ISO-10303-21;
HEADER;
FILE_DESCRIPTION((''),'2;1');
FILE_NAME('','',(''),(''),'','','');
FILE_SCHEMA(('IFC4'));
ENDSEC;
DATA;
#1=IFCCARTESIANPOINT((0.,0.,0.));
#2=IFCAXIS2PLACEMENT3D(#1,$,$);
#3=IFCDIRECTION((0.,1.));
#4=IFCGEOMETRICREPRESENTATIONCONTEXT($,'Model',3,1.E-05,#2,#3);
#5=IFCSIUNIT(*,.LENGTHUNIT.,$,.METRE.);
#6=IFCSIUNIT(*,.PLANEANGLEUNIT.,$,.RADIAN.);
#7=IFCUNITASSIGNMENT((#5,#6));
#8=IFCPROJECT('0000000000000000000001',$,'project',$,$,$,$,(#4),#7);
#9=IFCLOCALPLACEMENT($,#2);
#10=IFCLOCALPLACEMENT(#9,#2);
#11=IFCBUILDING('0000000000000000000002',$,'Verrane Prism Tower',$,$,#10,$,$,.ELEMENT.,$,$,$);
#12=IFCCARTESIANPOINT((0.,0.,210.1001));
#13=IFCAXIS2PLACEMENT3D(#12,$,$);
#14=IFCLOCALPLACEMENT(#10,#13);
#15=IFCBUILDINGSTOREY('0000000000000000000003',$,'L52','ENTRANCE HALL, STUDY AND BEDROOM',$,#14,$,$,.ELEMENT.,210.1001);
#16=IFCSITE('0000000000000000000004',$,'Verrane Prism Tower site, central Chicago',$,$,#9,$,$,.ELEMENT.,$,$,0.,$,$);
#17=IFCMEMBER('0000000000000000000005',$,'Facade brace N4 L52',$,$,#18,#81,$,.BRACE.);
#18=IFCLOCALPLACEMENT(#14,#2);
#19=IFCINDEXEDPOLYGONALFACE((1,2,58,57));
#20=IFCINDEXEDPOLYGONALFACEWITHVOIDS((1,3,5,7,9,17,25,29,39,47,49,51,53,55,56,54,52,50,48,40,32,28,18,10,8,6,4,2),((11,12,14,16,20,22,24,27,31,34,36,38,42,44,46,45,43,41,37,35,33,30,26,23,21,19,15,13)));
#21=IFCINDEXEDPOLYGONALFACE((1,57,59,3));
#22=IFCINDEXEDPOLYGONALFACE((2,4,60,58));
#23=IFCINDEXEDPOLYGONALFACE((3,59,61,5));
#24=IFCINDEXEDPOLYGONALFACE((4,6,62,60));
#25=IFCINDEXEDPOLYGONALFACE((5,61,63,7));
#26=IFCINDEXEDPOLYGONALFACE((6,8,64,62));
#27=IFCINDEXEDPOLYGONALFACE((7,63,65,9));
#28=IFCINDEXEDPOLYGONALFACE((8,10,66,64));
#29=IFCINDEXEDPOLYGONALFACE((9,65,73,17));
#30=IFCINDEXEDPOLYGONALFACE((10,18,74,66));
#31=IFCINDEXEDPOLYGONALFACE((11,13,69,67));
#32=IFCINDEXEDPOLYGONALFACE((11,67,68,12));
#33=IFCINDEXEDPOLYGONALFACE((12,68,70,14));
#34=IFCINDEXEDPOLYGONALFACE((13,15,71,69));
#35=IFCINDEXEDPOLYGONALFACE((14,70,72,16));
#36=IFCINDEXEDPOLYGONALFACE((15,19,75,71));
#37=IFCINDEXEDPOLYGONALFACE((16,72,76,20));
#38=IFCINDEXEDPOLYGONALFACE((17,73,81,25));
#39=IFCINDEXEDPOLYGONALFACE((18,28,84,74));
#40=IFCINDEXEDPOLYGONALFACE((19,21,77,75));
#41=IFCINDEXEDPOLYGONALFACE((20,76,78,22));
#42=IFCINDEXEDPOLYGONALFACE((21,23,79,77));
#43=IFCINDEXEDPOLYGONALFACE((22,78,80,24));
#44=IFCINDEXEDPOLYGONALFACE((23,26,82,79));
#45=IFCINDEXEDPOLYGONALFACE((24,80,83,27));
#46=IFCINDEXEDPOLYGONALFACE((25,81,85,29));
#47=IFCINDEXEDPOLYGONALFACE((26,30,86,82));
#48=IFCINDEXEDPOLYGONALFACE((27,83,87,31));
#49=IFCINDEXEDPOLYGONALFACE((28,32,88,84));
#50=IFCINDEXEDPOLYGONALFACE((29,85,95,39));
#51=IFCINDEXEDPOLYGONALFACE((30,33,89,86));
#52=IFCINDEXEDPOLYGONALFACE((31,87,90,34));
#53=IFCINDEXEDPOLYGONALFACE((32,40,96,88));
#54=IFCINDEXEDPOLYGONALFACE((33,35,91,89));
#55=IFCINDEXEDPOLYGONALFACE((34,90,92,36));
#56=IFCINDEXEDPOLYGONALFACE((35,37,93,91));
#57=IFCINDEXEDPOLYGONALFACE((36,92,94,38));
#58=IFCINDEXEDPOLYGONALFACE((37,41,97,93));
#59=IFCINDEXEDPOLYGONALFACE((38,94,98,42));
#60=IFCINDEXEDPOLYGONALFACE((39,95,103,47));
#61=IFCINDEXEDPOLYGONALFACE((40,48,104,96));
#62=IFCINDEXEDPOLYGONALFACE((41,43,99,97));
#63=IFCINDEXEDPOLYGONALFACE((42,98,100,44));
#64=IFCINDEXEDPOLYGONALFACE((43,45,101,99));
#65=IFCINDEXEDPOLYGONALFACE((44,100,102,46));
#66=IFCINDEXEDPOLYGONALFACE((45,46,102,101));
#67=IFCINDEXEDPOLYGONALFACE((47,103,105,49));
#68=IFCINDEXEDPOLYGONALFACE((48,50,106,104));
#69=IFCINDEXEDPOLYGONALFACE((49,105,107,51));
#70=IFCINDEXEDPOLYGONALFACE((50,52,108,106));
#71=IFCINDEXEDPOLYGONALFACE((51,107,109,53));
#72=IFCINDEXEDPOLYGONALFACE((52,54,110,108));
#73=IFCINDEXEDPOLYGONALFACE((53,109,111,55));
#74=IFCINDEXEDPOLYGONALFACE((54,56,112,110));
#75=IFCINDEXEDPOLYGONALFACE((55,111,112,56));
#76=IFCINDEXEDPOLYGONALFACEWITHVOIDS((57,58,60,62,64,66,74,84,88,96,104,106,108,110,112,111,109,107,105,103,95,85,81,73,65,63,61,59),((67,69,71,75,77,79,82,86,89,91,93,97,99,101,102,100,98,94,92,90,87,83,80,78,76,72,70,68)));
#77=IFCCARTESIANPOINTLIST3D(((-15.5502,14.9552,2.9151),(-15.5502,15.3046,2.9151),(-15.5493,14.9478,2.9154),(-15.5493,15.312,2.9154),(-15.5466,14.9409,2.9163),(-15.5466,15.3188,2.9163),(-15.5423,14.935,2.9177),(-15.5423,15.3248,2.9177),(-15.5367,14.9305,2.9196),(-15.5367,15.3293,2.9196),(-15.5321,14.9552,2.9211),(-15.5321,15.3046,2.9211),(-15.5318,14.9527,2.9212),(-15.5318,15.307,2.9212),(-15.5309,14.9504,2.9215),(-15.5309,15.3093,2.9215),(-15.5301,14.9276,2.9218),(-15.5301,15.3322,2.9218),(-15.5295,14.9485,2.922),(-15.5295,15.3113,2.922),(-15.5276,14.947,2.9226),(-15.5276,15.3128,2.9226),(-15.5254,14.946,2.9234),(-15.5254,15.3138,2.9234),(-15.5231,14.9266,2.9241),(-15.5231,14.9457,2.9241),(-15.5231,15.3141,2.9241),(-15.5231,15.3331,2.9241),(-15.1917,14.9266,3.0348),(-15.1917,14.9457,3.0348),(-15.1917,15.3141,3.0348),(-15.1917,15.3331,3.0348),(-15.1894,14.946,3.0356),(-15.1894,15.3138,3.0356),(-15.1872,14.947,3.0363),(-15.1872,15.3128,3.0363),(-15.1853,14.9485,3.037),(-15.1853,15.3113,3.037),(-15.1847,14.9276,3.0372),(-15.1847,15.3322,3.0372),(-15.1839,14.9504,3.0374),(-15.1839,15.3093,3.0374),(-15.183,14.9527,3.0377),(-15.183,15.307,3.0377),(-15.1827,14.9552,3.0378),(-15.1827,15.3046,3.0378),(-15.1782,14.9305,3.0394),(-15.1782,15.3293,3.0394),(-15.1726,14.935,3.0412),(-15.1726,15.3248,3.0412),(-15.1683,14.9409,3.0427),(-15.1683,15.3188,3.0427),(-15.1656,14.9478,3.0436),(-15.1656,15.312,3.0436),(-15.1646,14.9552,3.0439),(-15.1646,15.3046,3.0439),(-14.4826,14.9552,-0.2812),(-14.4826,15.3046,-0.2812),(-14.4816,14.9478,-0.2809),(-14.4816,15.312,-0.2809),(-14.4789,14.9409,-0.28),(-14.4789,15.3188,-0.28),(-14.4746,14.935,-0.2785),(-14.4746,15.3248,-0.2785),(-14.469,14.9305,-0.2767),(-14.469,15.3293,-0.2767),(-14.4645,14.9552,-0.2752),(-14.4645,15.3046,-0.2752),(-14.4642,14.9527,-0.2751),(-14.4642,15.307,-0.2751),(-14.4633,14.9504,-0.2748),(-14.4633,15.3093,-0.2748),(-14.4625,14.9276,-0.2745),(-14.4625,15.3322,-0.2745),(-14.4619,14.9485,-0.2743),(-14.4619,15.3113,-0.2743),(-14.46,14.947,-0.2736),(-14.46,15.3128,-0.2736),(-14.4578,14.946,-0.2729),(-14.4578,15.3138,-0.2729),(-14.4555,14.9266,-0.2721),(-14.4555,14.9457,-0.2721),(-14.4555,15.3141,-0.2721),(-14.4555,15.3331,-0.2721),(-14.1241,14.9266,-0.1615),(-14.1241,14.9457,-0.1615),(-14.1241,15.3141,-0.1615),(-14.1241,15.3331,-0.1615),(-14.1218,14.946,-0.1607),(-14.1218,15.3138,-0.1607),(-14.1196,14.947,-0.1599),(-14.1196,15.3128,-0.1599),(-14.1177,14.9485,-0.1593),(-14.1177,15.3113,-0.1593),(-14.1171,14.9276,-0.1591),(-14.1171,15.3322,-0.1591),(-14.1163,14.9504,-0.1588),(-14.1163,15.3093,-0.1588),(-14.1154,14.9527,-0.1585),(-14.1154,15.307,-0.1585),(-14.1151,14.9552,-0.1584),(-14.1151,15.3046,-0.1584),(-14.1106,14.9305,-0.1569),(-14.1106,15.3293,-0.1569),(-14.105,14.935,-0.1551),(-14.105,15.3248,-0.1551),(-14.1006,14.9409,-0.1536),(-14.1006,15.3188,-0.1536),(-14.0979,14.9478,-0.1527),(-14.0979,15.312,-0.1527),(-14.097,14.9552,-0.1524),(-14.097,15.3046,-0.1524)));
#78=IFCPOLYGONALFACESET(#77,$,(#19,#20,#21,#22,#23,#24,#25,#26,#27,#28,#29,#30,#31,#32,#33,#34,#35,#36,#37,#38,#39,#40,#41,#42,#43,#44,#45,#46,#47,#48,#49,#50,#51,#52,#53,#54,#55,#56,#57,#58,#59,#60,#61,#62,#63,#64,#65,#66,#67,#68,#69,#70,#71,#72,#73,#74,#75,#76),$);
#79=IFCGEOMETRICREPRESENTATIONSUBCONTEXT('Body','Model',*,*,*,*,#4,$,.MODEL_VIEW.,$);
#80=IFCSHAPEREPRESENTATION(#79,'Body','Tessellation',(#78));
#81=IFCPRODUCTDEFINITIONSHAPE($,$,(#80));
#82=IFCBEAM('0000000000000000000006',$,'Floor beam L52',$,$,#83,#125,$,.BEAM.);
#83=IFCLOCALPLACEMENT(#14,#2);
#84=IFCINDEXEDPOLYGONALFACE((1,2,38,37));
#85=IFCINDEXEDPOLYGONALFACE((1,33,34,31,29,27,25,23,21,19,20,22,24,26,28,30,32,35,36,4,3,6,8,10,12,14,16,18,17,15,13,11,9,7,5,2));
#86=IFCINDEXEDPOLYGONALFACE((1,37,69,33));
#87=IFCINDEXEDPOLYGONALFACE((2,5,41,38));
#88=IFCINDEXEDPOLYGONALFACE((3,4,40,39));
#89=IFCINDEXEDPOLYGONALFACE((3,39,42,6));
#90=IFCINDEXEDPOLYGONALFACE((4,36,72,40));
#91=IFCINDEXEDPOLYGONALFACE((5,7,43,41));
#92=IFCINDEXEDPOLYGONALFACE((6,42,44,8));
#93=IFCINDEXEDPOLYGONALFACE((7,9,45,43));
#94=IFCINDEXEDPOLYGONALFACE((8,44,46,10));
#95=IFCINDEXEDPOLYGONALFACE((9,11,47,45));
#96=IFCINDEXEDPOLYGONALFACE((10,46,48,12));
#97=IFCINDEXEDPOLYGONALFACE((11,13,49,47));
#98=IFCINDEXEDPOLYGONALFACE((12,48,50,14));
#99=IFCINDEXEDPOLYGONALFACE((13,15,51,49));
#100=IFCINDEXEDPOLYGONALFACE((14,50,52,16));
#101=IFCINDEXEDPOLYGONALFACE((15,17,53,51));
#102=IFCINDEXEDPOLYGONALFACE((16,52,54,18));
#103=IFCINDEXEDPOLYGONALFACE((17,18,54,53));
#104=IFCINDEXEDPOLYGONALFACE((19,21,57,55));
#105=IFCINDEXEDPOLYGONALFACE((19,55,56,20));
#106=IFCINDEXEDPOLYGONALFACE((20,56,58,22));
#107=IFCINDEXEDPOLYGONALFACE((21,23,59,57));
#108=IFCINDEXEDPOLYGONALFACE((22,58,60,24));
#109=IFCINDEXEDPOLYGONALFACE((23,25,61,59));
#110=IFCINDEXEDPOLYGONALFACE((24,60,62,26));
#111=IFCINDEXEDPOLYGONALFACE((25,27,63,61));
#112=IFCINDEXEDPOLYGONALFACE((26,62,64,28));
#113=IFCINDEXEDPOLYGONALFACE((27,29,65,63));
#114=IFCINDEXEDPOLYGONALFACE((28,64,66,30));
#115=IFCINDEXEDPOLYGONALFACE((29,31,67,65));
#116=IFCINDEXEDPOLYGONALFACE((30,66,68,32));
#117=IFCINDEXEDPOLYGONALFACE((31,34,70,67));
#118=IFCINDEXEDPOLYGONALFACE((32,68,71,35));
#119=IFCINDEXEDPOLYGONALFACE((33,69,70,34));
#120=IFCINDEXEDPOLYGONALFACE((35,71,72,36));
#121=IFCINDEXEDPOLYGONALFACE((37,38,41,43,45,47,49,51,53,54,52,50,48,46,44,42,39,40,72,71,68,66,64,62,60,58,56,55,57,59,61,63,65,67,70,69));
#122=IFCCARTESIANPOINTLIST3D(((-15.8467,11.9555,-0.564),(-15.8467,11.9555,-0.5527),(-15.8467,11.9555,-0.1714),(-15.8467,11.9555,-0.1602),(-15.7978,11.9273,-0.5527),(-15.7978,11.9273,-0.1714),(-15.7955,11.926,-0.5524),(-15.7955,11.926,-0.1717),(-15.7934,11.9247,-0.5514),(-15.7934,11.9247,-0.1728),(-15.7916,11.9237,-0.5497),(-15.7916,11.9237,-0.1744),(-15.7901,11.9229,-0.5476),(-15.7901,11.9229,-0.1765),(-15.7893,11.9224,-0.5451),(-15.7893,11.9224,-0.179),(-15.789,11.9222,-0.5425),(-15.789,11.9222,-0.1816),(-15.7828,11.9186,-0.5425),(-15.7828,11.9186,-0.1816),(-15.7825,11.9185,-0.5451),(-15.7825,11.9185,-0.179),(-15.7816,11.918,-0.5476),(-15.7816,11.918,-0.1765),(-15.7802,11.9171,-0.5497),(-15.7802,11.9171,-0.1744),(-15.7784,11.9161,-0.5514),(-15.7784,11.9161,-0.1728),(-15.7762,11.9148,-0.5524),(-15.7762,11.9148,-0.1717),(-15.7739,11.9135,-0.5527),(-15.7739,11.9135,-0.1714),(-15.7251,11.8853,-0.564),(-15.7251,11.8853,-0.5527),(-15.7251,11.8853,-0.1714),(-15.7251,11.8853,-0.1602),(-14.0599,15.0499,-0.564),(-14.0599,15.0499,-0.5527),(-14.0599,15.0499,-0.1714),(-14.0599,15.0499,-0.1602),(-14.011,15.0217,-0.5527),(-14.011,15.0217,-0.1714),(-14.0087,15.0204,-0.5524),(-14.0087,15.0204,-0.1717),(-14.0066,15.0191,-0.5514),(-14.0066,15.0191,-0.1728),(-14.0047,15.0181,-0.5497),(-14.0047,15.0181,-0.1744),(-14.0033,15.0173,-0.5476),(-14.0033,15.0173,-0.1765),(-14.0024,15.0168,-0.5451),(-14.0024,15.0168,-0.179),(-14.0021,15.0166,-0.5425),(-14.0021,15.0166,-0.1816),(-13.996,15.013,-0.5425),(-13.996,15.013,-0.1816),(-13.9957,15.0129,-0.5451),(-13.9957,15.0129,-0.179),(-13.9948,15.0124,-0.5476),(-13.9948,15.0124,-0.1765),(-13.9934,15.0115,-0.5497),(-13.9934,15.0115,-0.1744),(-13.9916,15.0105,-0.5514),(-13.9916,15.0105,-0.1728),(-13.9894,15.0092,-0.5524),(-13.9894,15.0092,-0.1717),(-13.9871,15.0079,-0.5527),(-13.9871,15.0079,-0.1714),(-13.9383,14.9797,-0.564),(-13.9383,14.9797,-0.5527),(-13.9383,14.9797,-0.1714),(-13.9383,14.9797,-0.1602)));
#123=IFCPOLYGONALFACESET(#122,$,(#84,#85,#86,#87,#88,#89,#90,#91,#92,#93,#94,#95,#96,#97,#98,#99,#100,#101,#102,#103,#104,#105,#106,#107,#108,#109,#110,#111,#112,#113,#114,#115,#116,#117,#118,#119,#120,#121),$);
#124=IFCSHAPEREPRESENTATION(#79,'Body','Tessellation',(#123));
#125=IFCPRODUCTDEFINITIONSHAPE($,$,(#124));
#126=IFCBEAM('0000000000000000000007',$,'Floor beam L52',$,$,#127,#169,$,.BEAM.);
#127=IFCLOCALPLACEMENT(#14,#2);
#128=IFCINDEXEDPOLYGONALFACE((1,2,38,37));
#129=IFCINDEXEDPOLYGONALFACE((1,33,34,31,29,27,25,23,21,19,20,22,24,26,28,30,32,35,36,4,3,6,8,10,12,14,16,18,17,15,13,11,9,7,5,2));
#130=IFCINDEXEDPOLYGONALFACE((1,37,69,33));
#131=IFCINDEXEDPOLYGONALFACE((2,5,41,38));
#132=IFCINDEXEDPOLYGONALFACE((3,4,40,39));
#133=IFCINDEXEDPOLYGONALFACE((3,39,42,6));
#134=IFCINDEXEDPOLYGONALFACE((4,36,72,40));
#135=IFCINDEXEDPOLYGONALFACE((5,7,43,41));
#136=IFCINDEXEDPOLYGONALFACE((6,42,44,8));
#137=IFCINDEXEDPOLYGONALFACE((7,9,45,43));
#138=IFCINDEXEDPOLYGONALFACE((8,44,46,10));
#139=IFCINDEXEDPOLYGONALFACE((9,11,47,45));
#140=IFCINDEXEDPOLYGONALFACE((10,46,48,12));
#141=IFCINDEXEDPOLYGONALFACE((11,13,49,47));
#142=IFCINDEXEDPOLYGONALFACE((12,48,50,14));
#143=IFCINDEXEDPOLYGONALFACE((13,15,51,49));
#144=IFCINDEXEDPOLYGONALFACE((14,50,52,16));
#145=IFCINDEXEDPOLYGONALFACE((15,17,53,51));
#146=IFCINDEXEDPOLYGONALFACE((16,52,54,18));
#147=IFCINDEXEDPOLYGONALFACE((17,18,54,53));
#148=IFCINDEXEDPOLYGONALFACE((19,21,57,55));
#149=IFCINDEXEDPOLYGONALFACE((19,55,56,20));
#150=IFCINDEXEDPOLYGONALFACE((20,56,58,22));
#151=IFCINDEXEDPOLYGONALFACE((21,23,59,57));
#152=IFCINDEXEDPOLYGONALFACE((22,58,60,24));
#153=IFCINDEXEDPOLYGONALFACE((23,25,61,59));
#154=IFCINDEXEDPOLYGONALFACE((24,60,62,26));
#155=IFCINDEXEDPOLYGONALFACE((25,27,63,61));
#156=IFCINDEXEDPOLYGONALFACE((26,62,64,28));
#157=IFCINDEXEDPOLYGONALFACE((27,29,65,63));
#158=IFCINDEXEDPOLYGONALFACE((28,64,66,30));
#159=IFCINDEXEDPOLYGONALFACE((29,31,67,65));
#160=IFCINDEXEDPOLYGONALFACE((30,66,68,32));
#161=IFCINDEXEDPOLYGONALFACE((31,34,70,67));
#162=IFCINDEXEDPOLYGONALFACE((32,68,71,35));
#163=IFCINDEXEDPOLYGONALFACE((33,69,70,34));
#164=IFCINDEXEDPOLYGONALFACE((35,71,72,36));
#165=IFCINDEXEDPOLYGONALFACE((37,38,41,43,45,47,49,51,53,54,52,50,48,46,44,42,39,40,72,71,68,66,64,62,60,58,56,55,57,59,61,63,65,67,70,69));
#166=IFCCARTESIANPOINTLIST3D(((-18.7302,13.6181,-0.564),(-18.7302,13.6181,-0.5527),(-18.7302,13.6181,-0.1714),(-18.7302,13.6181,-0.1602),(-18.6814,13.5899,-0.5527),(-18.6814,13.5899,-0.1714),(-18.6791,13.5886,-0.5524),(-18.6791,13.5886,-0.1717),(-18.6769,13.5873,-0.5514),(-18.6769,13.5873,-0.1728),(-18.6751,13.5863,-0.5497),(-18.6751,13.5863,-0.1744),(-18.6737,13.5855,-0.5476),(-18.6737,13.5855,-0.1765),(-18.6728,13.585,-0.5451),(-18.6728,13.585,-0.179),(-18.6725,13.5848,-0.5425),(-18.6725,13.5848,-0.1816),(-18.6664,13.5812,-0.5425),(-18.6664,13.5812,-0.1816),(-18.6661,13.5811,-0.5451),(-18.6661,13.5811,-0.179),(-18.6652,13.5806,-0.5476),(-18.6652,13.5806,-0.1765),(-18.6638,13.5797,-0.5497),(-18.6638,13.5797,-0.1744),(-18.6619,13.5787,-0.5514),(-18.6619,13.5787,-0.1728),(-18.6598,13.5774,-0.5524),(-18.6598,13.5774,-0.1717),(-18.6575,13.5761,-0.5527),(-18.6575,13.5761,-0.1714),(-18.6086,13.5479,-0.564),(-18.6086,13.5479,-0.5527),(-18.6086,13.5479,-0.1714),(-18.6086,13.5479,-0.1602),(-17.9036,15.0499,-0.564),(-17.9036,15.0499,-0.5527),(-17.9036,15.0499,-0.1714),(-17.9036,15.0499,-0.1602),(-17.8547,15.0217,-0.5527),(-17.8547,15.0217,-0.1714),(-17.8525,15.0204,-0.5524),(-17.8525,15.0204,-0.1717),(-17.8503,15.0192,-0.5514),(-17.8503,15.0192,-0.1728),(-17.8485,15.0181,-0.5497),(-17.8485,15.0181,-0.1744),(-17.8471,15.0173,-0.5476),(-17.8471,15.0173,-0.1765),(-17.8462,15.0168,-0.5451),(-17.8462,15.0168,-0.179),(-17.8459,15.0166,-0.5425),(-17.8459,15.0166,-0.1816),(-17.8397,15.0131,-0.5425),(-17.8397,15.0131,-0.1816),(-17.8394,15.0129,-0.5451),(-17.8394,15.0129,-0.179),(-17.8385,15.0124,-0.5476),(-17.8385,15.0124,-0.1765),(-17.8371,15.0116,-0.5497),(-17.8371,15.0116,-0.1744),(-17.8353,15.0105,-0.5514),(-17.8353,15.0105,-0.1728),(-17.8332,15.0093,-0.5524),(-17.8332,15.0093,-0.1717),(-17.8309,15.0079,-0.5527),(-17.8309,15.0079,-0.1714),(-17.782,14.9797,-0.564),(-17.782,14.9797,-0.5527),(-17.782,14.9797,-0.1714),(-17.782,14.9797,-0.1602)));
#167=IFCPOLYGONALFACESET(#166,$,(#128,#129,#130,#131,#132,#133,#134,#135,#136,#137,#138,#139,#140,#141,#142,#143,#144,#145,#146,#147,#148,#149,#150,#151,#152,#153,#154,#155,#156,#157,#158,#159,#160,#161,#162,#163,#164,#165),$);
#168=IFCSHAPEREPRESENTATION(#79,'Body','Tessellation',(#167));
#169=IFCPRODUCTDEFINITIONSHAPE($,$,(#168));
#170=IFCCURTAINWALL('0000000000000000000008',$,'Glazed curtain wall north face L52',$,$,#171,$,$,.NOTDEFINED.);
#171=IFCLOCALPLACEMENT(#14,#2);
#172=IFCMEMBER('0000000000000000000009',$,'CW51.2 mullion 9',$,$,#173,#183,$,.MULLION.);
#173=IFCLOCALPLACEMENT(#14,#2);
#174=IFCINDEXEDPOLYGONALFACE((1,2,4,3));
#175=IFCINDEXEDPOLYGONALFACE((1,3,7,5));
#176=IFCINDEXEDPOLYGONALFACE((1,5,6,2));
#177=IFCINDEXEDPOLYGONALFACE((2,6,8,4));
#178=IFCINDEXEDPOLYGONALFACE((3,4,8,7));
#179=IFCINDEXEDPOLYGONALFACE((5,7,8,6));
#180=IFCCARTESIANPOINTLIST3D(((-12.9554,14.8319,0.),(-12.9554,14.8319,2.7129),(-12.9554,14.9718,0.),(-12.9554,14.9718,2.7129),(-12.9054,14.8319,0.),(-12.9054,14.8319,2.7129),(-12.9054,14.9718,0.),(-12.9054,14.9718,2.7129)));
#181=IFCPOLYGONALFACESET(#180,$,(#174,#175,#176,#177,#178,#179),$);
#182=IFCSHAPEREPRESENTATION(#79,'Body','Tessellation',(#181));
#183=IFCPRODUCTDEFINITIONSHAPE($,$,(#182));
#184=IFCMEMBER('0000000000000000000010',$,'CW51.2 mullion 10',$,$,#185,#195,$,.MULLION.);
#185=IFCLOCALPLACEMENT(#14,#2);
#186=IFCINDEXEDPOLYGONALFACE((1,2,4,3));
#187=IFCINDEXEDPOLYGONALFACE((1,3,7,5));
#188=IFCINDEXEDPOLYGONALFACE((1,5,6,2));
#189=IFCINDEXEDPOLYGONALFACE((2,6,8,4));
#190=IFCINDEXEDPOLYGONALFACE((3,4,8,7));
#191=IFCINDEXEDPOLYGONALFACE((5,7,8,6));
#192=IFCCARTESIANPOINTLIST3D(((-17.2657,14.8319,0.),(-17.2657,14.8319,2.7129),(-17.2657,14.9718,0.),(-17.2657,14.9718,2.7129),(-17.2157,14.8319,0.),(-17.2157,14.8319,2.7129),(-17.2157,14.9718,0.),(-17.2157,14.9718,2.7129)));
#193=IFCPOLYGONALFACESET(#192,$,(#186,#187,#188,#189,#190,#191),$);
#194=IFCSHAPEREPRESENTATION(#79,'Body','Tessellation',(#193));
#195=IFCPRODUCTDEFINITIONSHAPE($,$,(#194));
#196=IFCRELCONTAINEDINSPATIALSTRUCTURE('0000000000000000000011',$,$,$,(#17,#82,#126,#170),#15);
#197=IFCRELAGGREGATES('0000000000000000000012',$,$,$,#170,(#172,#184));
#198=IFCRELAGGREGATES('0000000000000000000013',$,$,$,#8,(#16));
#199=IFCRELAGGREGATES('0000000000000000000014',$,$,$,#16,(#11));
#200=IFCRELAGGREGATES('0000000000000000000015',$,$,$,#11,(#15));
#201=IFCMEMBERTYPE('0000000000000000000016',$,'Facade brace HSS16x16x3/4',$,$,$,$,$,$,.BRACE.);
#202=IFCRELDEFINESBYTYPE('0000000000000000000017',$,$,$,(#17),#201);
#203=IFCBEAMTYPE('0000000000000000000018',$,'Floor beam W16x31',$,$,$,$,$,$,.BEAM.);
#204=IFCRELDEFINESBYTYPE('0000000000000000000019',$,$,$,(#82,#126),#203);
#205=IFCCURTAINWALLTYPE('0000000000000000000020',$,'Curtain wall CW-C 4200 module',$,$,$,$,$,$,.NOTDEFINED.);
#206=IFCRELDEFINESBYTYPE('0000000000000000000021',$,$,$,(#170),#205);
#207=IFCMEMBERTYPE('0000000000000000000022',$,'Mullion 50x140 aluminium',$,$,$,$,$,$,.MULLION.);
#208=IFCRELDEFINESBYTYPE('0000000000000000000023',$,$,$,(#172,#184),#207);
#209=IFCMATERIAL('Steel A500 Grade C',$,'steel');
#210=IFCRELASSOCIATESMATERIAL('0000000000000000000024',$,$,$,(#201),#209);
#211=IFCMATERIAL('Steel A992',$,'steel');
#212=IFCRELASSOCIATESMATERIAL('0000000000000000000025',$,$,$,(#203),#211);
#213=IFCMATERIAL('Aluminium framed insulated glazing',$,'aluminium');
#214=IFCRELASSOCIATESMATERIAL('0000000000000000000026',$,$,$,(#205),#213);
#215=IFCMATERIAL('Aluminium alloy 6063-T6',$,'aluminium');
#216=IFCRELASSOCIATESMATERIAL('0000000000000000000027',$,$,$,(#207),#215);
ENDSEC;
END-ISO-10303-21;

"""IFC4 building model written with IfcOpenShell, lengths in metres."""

from ifc_helpers import new_model, si_unit, direction, frame, origin, origin_2d, place, context, subcontext, project, spatial, rectangle, hollow_rectangle, i_section, extrude, material, material_profile, profile_set, type_object, element, aggregate, save


model = new_model("IFC4")

# Units and contexts
model_context = context("Model", 3, precision=1e-05, world=origin(), true_north=direction((0.0, 1.0)))
body_context = subcontext(model_context, "Body", "Model", "MODEL_VIEW")
ifc_project = project(units=[si_unit("LENGTHUNIT", "METRE"), si_unit("PLANEANGLEUNIT", "RADIAN")], contexts=[model_context])

# Site, building, storey
site_placement = place(None, origin())
site = spatial("IfcSite", under=ifc_project, at=site_placement, Name="Verrane Prism Tower site, central Chicago", CompositionType="ELEMENT", RefElevation=0.0)
building_placement = place(site_placement, origin())
building = spatial("IfcBuilding", under=site, at=building_placement, Name="Verrane Prism Tower", CompositionType="ELEMENT")
storey_placement = place(building_placement, frame((0.0, 0.0, 210.1001)))
storey = spatial("IfcBuildingStorey", under=building, at=storey_placement, Name="L52", Description="ENTRANCE HALL, STUDY AND BEDROOM", CompositionType="ELEMENT", Elevation=210.1001)

# Member
ifc_material_1 = material(Name="Steel A500 Grade C", Category="steel")
ifc_material_profile_1 = material_profile(ifc_material_1, hollow_rectangle(XDim=0.4065, YDim=0.4065, WallThickness=0.019, InnerFilletRadius=0.0095, OuterFilletRadius=0.0286, at=origin_2d()), Name="HSS16x16x3/4")
ifc_profile_set_1 = profile_set([ifc_material_profile_1], Name="Steel A500 Grade C")
member_type_1 = type_object("IfcMemberType", Name="Facade brace HSS16x16x3/4", PredefinedType="BRACE", material=ifc_profile_set_1)
member_1_placement = place(storey_placement, frame((-14.2898, 15.1299, -0.2168), z_axis=(-0.316815, 0.0, 0.948488), x_axis=(0.0, -1.0, 0.0)))
element("IfcMember", 1, at=member_1_placement, inside=storey, type_object=member_type_1, Name="Facade brace N4 L52", PredefinedType="BRACE", context=body_context, shape_type="SweptSolid", body=[
    extrude(hollow_rectangle(XDim=0.4065, YDim=0.4065, WallThickness=0.019, InnerFilletRadius=0.0095, OuterFilletRadius=0.0286, at=origin_2d()), origin(), (0.0, 0.0, 1.0), 3.3699),
])

# Beams
ifc_material_2 = material(Name="Steel A992", Category="steel")
ifc_material_profile_2 = material_profile(ifc_material_2, i_section(OverallWidth=0.1404, OverallDepth=0.4038, WebThickness=0.0071, FlangeThickness=0.0112, FilletRadius=0.0103, at=origin_2d()), Name="W16x31")
ifc_profile_set_2 = profile_set([ifc_material_profile_2], Name="Steel A992")
beam_type_1 = type_object("IfcBeamType", Name="Floor beam W16x31", PredefinedType="BEAM", material=ifc_profile_set_2)
beam_1_placement = place(storey_placement, frame((-15.7859, 11.9204, -0.3621), z_axis=(0.500056, 0.865993, 0.0), x_axis=(-0.865993, 0.500056, 0.0)))
element("IfcBeam", 2, at=beam_1_placement, inside=storey, type_object=beam_type_1, Name="Floor beam L52", PredefinedType="BEAM", context=body_context, shape_type="SweptSolid", body=[
    extrude(i_section(OverallWidth=0.1404, OverallDepth=0.4038, WebThickness=0.0071, FlangeThickness=0.0112, FilletRadius=0.0103, at=origin_2d()), origin(), (0.0, 0.0, 1.0), 3.5732),
])
beam_2_placement = place(storey_placement, frame((-18.6694, 13.583, -0.3621), z_axis=(0.499982, 0.866036, 0.0), x_axis=(-0.866036, 0.499982, 0.0)))
element("IfcBeam", 3, at=beam_2_placement, inside=storey, type_object=beam_type_1, Name="Floor beam L52", PredefinedType="BEAM", context=body_context, shape_type="SweptSolid", body=[
    extrude(i_section(OverallWidth=0.1404, OverallDepth=0.4038, WebThickness=0.0071, FlangeThickness=0.0112, FilletRadius=0.0103, at=origin_2d()), origin(), (0.0, 0.0, 1.0), 1.6533),
])

# Curtain wall, members
ifc_material_3 = material(Name="Aluminium framed insulated glazing", Category="aluminium")
curtain_wall_type_1 = type_object("IfcCurtainWallType", Name="Curtain wall CW-C 4200 module", PredefinedType="NOTDEFINED", material=ifc_material_3)
curtain_wall_1_placement = place(storey_placement, origin())
curtain_wall_1 = element("IfcCurtainWall", 4, at=curtain_wall_1_placement, inside=storey, type_object=curtain_wall_type_1, Name="Glazed curtain wall north face L52", PredefinedType="NOTDEFINED")
ifc_material_4 = material(Name="Aluminium alloy 6063-T6", Category="aluminium")
ifc_material_profile_3 = material_profile(ifc_material_4, rectangle(XDim=0.1399, YDim=0.05, at=origin_2d()), Name="Mullion 50x140 aluminium")
ifc_profile_set_3 = profile_set([ifc_material_profile_3], Name="Aluminium alloy 6063-T6")
member_type_2 = type_object("IfcMemberType", Name="Mullion 50x140 aluminium", PredefinedType="MULLION", material=ifc_profile_set_3)
member_2_placement = place(storey_placement, frame((-12.9304, 14.9019, 0.0), z_axis=(0.0, 0.0, 1.0), x_axis=(0.0, -1.0, 0.0)))
member_2 = element("IfcMember", 5, at=member_2_placement, type_object=member_type_2, Name="CW51.2 mullion 9", PredefinedType="MULLION", context=body_context, shape_type="SweptSolid", body=[
    extrude(rectangle(XDim=0.1399, YDim=0.05, at=origin_2d()), origin(), (0.0, 0.0, 1.0), 2.7129),
])
member_3_placement = place(storey_placement, frame((-17.2407, 14.9019, 0.0), z_axis=(0.0, 0.0, 1.0), x_axis=(0.0, -1.0, 0.0)))
member_3 = element("IfcMember", 6, at=member_3_placement, type_object=member_type_2, Name="CW51.2 mullion 10", PredefinedType="MULLION", context=body_context, shape_type="SweptSolid", body=[
    extrude(rectangle(XDim=0.1399, YDim=0.05, at=origin_2d()), origin(), (0.0, 0.0, 1.0), 2.7129),
])

aggregate(curtain_wall_1, [member_2, member_3])

save(model, "model.ifc")
